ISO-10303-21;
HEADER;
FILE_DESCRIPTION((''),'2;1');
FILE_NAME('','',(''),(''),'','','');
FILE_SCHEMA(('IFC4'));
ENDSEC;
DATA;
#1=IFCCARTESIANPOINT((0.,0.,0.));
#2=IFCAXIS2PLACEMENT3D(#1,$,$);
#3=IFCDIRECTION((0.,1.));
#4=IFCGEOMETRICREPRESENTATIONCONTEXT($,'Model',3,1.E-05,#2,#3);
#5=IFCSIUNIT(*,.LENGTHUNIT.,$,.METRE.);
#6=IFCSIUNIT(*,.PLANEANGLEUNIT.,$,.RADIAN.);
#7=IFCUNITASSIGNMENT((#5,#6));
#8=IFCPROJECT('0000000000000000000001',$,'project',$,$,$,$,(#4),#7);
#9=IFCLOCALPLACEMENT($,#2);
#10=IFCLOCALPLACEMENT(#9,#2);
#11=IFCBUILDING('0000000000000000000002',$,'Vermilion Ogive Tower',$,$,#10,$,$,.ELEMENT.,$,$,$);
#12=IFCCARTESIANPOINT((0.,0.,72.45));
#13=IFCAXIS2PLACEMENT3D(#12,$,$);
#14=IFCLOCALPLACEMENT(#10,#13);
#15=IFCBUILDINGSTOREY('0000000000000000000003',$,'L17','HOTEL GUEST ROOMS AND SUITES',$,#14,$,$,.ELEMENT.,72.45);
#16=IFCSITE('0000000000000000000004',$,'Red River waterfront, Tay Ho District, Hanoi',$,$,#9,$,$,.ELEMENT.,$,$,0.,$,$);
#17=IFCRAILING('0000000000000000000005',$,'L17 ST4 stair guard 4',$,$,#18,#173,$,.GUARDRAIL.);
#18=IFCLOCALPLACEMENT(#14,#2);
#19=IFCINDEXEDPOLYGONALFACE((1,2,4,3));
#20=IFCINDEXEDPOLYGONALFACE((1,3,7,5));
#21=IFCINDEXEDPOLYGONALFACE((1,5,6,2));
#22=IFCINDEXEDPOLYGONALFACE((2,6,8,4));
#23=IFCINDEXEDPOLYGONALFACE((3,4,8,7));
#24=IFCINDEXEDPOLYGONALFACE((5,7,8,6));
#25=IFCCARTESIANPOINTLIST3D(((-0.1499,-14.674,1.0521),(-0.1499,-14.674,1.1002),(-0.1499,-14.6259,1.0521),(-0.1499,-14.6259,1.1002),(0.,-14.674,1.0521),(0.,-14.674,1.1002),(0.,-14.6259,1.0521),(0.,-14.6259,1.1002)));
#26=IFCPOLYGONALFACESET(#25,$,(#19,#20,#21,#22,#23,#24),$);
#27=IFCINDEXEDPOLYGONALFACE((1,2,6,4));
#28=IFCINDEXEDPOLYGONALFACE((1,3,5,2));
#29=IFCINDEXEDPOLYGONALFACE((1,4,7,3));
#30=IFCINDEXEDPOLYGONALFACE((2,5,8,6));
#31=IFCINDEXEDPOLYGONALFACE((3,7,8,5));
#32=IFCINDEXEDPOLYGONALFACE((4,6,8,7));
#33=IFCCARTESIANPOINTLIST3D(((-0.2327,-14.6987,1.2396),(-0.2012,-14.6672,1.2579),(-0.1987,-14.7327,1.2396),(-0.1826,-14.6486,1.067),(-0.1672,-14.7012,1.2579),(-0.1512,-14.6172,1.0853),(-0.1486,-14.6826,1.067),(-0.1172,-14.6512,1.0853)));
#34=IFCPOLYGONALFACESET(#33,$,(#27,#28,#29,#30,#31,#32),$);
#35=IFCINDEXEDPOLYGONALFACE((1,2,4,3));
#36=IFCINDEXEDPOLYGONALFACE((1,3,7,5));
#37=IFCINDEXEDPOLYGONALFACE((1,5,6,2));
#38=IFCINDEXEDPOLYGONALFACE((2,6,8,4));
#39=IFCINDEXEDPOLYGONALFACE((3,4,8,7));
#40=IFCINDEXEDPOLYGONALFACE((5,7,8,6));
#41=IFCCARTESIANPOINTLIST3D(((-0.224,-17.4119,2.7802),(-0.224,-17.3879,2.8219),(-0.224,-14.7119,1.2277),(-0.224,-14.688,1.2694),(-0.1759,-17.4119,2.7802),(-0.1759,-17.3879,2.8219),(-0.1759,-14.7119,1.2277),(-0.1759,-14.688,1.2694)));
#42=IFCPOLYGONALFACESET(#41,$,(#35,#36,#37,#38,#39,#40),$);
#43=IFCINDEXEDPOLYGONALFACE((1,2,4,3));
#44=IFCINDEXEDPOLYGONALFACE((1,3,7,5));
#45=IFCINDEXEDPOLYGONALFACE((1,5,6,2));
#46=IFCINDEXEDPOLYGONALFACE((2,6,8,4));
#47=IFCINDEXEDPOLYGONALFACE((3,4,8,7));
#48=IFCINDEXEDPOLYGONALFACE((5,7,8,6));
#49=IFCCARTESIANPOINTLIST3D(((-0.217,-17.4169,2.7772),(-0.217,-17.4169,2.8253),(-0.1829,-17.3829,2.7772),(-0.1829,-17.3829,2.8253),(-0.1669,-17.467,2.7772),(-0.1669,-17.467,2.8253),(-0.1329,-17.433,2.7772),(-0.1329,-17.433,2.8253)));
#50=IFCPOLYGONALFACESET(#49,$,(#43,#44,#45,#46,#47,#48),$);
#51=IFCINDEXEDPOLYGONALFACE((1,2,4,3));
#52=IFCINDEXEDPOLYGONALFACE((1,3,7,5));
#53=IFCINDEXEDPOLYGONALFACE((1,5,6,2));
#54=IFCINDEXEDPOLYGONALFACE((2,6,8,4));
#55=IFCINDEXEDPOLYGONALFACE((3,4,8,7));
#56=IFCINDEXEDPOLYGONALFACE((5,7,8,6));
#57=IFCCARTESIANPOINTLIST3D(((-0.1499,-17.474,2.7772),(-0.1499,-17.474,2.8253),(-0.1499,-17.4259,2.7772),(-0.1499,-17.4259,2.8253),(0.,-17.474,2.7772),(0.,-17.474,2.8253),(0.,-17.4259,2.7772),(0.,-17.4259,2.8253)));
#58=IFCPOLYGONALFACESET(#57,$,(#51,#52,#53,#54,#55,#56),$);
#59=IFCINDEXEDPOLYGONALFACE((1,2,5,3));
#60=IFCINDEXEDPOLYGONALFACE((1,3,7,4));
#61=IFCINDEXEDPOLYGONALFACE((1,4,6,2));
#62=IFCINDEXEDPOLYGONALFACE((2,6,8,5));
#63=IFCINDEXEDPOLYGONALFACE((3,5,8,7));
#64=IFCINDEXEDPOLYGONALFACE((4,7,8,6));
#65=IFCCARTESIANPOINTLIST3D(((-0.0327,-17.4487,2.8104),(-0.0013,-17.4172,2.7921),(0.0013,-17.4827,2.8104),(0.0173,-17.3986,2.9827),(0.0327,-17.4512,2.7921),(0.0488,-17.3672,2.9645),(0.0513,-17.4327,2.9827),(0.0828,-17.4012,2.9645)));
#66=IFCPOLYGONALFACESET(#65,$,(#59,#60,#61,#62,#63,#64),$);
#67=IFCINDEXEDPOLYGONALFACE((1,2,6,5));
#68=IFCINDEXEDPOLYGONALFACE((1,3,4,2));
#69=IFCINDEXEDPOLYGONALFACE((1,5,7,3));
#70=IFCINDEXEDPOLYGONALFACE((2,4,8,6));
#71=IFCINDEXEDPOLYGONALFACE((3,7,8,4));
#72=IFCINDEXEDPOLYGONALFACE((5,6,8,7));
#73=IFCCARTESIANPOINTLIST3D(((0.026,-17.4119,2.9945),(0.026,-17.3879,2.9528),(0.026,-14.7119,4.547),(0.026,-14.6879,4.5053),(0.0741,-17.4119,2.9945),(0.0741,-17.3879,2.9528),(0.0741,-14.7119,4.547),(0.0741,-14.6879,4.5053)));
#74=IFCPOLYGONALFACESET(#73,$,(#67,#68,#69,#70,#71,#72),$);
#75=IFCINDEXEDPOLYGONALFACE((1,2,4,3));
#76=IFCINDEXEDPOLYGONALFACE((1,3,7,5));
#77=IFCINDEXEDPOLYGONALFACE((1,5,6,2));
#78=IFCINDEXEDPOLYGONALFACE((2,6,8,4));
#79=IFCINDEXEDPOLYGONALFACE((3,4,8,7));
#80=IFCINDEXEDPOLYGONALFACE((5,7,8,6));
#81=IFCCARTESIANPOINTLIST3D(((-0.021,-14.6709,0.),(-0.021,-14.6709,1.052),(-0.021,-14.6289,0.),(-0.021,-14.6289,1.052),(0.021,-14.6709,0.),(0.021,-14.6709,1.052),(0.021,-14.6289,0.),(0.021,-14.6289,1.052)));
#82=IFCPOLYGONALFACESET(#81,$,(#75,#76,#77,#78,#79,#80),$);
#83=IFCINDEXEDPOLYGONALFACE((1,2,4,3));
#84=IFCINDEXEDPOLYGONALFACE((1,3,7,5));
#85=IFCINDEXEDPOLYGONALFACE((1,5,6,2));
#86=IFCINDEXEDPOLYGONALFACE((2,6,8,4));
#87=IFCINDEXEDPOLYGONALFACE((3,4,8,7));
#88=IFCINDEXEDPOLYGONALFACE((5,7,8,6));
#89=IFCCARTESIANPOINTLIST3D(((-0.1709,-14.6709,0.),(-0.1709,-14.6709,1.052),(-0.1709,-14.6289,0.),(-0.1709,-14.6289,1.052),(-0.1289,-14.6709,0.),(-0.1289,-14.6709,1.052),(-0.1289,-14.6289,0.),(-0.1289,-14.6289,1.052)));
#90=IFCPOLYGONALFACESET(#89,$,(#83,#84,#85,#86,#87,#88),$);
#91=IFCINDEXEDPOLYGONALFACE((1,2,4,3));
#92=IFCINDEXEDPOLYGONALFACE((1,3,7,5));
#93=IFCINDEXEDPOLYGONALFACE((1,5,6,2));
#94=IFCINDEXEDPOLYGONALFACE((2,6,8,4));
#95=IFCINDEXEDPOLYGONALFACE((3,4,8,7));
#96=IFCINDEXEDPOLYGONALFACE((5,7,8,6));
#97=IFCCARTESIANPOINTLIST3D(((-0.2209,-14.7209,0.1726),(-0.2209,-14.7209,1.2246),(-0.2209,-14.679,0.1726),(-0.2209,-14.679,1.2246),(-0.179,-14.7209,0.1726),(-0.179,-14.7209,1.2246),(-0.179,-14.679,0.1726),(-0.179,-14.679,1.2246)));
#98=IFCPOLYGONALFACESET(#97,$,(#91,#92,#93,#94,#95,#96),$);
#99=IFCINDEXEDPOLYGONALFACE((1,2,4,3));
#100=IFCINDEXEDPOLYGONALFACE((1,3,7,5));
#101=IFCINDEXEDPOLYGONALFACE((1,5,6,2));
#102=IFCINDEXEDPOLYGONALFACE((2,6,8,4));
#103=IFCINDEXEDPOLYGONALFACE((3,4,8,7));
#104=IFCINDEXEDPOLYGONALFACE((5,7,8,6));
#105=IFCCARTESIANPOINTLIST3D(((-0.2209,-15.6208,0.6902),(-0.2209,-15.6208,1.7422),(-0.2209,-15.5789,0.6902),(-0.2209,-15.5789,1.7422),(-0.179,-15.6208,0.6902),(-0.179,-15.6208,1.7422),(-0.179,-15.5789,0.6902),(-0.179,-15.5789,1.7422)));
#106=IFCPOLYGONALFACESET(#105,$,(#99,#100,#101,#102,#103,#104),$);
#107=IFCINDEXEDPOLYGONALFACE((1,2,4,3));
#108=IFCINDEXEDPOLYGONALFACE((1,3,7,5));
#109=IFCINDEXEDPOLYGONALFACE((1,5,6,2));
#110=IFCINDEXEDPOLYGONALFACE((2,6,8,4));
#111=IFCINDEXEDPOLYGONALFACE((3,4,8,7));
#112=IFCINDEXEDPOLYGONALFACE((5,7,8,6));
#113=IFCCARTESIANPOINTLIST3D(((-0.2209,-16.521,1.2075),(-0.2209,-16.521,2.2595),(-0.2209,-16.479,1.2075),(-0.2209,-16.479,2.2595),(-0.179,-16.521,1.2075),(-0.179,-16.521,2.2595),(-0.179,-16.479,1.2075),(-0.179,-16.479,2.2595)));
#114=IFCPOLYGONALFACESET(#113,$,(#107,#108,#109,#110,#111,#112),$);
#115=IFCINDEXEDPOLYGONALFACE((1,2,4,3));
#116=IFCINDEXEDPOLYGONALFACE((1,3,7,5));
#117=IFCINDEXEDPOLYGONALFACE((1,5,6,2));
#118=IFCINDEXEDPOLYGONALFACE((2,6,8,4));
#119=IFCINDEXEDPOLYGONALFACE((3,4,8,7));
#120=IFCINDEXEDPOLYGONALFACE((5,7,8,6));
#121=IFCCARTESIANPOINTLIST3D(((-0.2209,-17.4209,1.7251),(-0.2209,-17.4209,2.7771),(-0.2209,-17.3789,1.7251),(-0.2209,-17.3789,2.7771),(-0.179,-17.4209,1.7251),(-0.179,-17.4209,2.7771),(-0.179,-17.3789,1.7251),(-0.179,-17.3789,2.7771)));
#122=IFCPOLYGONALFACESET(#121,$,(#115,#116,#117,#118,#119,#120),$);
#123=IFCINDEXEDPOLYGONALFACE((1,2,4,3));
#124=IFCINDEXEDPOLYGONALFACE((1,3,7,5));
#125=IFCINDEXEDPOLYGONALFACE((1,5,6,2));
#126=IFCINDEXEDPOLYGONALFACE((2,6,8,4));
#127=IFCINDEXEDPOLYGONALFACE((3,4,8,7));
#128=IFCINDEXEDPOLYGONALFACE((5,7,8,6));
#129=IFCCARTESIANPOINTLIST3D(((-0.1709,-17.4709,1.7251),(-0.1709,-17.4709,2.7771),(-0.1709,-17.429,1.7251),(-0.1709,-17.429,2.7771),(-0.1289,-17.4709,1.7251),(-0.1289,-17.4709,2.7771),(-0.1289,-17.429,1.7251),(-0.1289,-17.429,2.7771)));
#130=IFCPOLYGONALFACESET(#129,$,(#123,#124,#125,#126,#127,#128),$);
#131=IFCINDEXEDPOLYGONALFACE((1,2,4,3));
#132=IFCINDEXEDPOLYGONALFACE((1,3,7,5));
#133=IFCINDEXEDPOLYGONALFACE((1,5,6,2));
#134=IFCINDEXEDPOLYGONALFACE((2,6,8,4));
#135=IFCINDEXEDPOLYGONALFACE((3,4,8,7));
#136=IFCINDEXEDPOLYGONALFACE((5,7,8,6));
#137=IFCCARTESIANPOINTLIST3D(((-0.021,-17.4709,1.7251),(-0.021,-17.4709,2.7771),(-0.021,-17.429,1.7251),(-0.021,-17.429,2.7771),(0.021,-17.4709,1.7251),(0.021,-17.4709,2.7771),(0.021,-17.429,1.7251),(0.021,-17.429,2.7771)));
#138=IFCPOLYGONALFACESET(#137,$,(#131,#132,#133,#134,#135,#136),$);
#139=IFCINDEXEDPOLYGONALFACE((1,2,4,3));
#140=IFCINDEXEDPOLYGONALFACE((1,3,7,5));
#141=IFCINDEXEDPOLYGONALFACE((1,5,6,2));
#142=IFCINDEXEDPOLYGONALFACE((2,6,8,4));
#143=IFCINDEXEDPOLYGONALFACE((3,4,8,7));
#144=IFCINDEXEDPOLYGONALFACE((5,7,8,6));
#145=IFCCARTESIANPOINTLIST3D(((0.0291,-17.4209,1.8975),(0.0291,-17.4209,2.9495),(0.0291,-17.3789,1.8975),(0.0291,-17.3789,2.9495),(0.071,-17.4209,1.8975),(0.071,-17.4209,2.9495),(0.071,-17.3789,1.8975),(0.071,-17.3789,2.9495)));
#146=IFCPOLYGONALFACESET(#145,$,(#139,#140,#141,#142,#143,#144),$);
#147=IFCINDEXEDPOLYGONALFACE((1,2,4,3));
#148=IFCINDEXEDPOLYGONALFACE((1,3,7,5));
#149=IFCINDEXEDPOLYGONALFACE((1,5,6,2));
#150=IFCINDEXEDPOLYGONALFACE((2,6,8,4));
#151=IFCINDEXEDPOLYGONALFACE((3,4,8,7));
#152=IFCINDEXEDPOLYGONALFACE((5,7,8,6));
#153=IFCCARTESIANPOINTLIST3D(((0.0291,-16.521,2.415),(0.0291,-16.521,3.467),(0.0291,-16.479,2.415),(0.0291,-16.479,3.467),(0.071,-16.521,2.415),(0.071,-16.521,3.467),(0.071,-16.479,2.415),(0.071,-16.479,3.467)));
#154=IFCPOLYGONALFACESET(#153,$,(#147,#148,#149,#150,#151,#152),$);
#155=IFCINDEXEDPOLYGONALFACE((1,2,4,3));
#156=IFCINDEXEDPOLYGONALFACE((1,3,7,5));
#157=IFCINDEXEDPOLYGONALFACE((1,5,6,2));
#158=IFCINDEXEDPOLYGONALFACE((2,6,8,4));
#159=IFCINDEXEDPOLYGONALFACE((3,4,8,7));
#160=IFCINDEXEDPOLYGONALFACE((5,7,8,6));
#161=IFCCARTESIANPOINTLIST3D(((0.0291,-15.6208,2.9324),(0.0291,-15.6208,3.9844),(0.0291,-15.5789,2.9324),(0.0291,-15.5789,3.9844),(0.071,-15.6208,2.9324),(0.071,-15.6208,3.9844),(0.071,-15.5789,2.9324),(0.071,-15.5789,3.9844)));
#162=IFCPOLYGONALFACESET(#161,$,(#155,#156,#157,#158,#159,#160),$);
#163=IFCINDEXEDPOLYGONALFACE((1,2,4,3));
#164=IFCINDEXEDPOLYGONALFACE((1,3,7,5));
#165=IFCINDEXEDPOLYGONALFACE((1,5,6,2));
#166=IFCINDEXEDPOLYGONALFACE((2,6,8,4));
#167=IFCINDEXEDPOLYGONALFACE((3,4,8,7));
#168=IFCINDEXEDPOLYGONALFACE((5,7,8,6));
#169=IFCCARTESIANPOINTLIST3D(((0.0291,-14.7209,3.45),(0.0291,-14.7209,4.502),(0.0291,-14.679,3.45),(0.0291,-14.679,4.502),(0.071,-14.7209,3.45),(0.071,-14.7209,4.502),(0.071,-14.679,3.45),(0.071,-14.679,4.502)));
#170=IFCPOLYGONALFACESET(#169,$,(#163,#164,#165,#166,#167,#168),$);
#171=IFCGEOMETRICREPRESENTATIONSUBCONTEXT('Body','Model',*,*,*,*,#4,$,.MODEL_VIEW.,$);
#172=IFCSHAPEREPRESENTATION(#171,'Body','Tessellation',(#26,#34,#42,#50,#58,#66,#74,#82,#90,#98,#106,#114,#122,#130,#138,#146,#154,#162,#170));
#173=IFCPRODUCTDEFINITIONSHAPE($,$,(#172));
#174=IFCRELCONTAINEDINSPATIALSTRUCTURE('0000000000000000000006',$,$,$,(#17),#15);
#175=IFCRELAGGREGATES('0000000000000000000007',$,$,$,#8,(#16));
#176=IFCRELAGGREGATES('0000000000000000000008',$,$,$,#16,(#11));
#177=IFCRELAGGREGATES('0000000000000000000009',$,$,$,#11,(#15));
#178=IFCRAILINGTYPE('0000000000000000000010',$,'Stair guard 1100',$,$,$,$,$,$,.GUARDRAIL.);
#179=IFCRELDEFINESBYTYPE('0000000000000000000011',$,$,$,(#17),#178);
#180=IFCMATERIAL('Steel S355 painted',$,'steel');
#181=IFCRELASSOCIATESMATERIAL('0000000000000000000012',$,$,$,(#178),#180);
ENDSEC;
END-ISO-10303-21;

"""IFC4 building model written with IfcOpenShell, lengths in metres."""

from ifc_helpers import new_model, si_unit, direction, frame, origin, origin_2d, place, context, subcontext, project, spatial, rectangle, extrude, material, type_object, element, save


model = new_model("IFC4")

# Units and contexts
model_context = context("Model", 3, precision=1e-05, world=origin(), true_north=direction((0.0, 1.0)))
body_context = subcontext(model_context, "Body", "Model", "MODEL_VIEW")
ifc_project = project(units=[si_unit("LENGTHUNIT", "METRE"), si_unit("PLANEANGLEUNIT", "RADIAN")], contexts=[model_context])

# Site, building, storey
site_placement = place(None, origin())
site = spatial("IfcSite", under=ifc_project, at=site_placement, Name="Red River waterfront, Tay Ho District, Hanoi", CompositionType="ELEMENT", RefElevation=0.0)
building_placement = place(site_placement, origin())
building = spatial("IfcBuilding", under=site, at=building_placement, Name="Vermilion Ogive Tower", CompositionType="ELEMENT")
storey_placement = place(building_placement, frame((0.0, 0.0, 72.45)))
storey = spatial("IfcBuildingStorey", under=building, at=storey_placement, Name="L17", Description="HOTEL GUEST ROOMS AND SUITES", CompositionType="ELEMENT", Elevation=72.45)

# Railing
ifc_material_1 = material(Name="Steel S355 painted", Category="steel")
railing_type_1 = type_object("IfcRailingType", Name="Stair guard 1100", PredefinedType="GUARDRAIL", material=ifc_material_1)
railing_1_placement = place(storey_placement, frame((0.0, -14.6499, 0.0)))
element("IfcRailing", 1, at=railing_1_placement, inside=storey, type_object=railing_type_1, Name="L17 ST4 stair guard 4", PredefinedType="GUARDRAIL", context=body_context, shape_type="SweptSolid", body=[
    extrude(rectangle(XDim=0.0481, YDim=0.0481, at=origin_2d()), frame((0.0, 0.0, 1.0762), z_axis=(-1.0, 0.0, 0.0), x_axis=(0.0, -1.0, 0.0)), (0.0, 0.0, 1.0), 0.1499),
    extrude(rectangle(XDim=0.0481, YDim=0.0481, at=origin_2d()), frame((-0.1499, 0.0, 1.0762), z_axis=(-0.268278, -0.268278, 0.925232), x_axis=(0.707107, -0.707107, 0.0)), (0.0, 0.0, 1.0), 0.1865),
    extrude(rectangle(XDim=0.0481, YDim=0.0481, at=origin_2d()), frame((-0.2, -0.05, 1.2485), z_axis=(0.0, -0.866904, 0.498476), x_axis=(1.0, 0.0, 0.0)), (0.0, 0.0, 1.0), 3.1145),
    extrude(rectangle(XDim=0.0481, YDim=0.0481, at=origin_2d()), frame((-0.2, -2.75, 2.8013), z_axis=(0.707107, -0.707107, 0.0), x_axis=(0.707107, 0.707107, 0.0)), (0.0, 0.0, 1.0), 0.0708),
    extrude(rectangle(XDim=0.0481, YDim=0.0481, at=origin_2d()), frame((-0.1499, -2.8, 2.8013), z_axis=(1.0, 0.0, 0.0), x_axis=(0.0, 1.0, 0.0)), (0.0, 0.0, 1.0), 0.1499),
    extrude(rectangle(XDim=0.0481, YDim=0.0481, at=origin_2d()), frame((0.0, -2.8, 2.8013), z_axis=(0.268603, 0.268603, 0.925043), x_axis=(-0.707107, 0.707107, 0.0)), (0.0, 0.0, 1.0), 0.1863),
    extrude(rectangle(XDim=0.0481, YDim=0.0481, at=origin_2d()), frame((0.05, -2.75, 2.9736), z_axis=(0.0, 0.866904, 0.498476), x_axis=(-1.0, 0.0, 0.0)), (0.0, 0.0, 1.0), 3.1145),
    extrude(rectangle(XDim=0.042, YDim=0.042, at=origin_2d()), origin(), (0.0, 0.0, 1.0), 1.052),
    extrude(rectangle(XDim=0.042, YDim=0.042, at=origin_2d()), frame((-0.1499, 0.0, 0.0)), (0.0, 0.0, 1.0), 1.052),
    extrude(rectangle(XDim=0.042, YDim=0.042, at=origin_2d()), frame((-0.2, -0.05, 0.1726)), (0.0, 0.0, 1.0), 1.052),
    extrude(rectangle(XDim=0.042, YDim=0.042, at=origin_2d()), frame((-0.2, -0.95, 0.6902)), (0.0, 0.0, 1.0), 1.052),
    extrude(rectangle(XDim=0.042, YDim=0.042, at=origin_2d()), frame((-0.2, -1.8501, 1.2075)), (0.0, 0.0, 1.0), 1.052),
    extrude(rectangle(XDim=0.042, YDim=0.042, at=origin_2d()), frame((-0.2, -2.75, 1.7251)), (0.0, 0.0, 1.0), 1.052),
    extrude(rectangle(XDim=0.042, YDim=0.042, at=origin_2d()), frame((-0.1499, -2.8, 1.7251)), (0.0, 0.0, 1.0), 1.052),
    extrude(rectangle(XDim=0.042, YDim=0.042, at=origin_2d()), frame((0.0, -2.8, 1.7251)), (0.0, 0.0, 1.0), 1.052),
    extrude(rectangle(XDim=0.042, YDim=0.042, at=origin_2d()), frame((0.05, -2.75, 1.8975)), (0.0, 0.0, 1.0), 1.052),
    extrude(rectangle(XDim=0.042, YDim=0.042, at=origin_2d()), frame((0.05, -1.8501, 2.415)), (0.0, 0.0, 1.0), 1.052),
    extrude(rectangle(XDim=0.042, YDim=0.042, at=origin_2d()), frame((0.05, -0.95, 2.9324)), (0.0, 0.0, 1.0), 1.052),
    extrude(rectangle(XDim=0.042, YDim=0.042, at=origin_2d()), frame((0.05, -0.05, 3.45)), (0.0, 0.0, 1.0), 1.052),
])

save(model, "model.ifc")
